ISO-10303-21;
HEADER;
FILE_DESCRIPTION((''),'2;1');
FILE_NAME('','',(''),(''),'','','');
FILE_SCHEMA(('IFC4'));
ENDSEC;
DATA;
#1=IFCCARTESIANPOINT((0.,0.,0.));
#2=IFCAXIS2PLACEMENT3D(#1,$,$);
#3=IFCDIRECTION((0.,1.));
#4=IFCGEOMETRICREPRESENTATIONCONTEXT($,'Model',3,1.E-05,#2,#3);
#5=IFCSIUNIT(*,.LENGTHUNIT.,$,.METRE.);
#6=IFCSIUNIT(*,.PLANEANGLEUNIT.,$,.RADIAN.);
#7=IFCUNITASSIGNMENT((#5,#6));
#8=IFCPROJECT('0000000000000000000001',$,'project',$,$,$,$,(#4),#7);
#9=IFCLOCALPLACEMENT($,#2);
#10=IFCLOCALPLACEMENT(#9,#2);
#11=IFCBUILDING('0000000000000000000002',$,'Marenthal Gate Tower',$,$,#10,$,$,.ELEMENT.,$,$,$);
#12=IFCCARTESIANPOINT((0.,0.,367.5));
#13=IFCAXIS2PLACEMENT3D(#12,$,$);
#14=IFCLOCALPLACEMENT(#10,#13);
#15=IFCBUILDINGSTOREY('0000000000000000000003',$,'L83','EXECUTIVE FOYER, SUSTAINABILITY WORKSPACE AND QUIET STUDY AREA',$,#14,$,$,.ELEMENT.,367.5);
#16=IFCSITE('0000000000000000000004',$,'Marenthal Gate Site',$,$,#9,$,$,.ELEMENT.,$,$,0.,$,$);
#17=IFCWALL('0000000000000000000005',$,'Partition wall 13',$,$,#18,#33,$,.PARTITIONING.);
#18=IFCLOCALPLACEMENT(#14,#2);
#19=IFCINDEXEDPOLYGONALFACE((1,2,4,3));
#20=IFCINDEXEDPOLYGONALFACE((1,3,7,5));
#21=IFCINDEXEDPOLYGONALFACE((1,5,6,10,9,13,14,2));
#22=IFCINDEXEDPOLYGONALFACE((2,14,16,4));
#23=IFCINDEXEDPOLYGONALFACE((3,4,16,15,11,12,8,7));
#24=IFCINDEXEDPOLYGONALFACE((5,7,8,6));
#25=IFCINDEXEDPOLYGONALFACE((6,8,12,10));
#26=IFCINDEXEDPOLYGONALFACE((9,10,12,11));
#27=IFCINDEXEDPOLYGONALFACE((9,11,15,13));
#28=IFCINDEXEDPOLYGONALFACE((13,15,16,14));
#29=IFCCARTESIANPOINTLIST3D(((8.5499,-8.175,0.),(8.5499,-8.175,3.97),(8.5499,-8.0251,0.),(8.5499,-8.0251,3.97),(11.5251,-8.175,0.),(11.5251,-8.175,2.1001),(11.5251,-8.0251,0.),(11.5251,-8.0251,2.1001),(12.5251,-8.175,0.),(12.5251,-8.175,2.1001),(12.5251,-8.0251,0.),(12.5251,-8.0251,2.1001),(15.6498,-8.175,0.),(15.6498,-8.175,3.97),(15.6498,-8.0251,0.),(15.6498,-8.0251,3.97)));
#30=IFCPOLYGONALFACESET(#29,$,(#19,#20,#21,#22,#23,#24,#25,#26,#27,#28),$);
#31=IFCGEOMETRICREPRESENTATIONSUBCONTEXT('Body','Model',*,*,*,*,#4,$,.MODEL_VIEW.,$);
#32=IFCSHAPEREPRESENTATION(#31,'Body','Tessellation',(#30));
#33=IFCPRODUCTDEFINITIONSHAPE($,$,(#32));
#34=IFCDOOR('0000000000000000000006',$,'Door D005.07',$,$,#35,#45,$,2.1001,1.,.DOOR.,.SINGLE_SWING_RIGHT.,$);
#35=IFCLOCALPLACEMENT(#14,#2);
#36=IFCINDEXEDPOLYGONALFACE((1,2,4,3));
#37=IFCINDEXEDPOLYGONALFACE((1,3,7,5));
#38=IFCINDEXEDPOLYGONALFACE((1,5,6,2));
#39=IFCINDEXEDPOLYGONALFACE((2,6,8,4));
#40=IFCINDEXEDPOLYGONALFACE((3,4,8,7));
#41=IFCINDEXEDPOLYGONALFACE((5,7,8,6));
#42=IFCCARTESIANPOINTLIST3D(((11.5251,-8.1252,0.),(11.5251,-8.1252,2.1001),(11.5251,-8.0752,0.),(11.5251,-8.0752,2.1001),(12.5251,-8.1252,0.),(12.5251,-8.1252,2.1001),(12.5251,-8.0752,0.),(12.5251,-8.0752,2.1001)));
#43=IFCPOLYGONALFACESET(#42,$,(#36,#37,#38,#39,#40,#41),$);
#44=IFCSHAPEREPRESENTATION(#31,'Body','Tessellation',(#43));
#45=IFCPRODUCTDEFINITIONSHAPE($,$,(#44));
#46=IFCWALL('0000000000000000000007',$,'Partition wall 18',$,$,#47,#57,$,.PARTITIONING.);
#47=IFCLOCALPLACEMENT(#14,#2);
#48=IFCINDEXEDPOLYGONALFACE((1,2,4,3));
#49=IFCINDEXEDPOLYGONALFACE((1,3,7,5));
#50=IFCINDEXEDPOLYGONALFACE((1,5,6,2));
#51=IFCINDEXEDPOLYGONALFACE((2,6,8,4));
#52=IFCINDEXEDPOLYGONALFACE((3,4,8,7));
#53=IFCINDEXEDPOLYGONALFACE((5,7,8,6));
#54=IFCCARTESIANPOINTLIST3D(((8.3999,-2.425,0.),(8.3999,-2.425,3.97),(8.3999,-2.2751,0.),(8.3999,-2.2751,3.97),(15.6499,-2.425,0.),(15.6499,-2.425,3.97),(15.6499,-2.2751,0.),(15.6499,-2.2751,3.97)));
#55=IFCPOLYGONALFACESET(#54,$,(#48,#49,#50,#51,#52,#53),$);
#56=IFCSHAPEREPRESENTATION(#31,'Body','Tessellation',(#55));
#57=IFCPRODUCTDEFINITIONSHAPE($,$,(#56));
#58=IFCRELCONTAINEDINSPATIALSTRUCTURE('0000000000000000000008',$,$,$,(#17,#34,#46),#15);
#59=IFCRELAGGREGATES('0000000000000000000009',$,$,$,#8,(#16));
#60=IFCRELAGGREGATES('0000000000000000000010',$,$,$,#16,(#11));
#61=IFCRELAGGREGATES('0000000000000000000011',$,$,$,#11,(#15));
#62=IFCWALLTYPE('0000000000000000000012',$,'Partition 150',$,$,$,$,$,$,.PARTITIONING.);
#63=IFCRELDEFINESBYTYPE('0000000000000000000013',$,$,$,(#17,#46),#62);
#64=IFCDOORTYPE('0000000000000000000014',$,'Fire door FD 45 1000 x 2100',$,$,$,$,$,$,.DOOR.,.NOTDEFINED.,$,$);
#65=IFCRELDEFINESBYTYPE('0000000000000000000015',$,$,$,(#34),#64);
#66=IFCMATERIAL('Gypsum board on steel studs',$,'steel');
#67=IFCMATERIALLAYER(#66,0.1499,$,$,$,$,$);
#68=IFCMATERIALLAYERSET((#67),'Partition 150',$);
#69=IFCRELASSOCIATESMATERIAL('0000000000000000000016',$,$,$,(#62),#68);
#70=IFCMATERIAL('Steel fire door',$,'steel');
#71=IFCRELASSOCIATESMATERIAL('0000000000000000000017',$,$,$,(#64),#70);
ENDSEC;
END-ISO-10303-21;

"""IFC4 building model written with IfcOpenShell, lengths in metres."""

from ifc_helpers import new_model, si_unit, direction, frame, frame_2d, origin, place, context, subcontext, project, spatial, rectangle, extrude, material, layer, layer_set, type_object, element, fill, save


model = new_model("IFC4")

# Units and contexts
model_context = context("Model", 3, precision=1e-05, world=origin(), true_north=direction((0.0, 1.0)))
body_context = subcontext(model_context, "Body", "Model", "MODEL_VIEW")
ifc_project = project(units=[si_unit("LENGTHUNIT", "METRE"), si_unit("PLANEANGLEUNIT", "RADIAN")], contexts=[model_context])

# Site, building, storey
site_placement = place(None, origin())
site = spatial("IfcSite", under=ifc_project, at=site_placement, Name="Marenthal Gate Site", CompositionType="ELEMENT", RefElevation=0.0)
building_placement = place(site_placement, origin())
building = spatial("IfcBuilding", under=site, at=building_placement, Name="Marenthal Gate Tower", CompositionType="ELEMENT")
storey_placement = place(building_placement, frame((0.0, 0.0, 367.5)))
storey = spatial("IfcBuildingStorey", under=building, at=storey_placement, Name="L83", Description="EXECUTIVE FOYER, SUSTAINABILITY WORKSPACE AND QUIET STUDY AREA", CompositionType="ELEMENT", Elevation=367.5)

# Wall, opening, door
ifc_material_1 = material(Name="Gypsum board on steel studs", Category="steel")
ifc_layer_1 = layer(ifc_material_1, 0.1499)
ifc_layer_set_1 = layer_set([ifc_layer_1], Name="Partition 150")
wall_type_1 = type_object("IfcWallType", Name="Partition 150", PredefinedType="PARTITIONING", material=ifc_layer_set_1)
wall_1_placement = place(storey_placement, frame((8.55, -8.1001, 0.0), z_axis=(0.0, 0.0, 1.0), x_axis=(1.0, 0.0, 0.0)))
wall_1 = element("IfcWall", 1, at=wall_1_placement, inside=storey, type_object=wall_type_1, Name="Partition wall 13", PredefinedType="PARTITIONING", context=body_context, shape_type="SweptSolid", body=[
    extrude(rectangle(XDim=7.0999, YDim=0.1499, at=frame_2d((3.5498, 0.0))), origin(), (0.0, 0.0, 1.0), 3.97),
])
opening_placement = place(wall_1_placement, frame((2.9751, 0.0, 0.0)))
opening = element("IfcOpeningElement", 2, at=opening_placement, cuts=wall_1, PredefinedType="OPENING", context=body_context, shape_type="SweptSolid", body=[
    extrude(rectangle(XDim=1.0, YDim=2.1001, at=frame_2d((0.5, 1.05))), frame((0.0, 0.085, 0.0), z_axis=(0.0, -1.0, 0.0), x_axis=(1.0, 0.0, 0.0)), (0.0, 0.0, 1.0), 0.1699),
])
ifc_material_2 = material(Name="Steel fire door", Category="steel")
door_type = type_object("IfcDoorType", Name="Fire door FD 45 1000 x 2100", OperationType="NOTDEFINED", PredefinedType="DOOR", material=ifc_material_2)
door_placement = place(opening_placement, origin())
door = element("IfcDoor", 3, at=door_placement, inside=storey, type_object=door_type, Name="Door D005.07", OperationType="SINGLE_SWING_RIGHT", OverallHeight=2.1001, OverallWidth=1.0, PredefinedType="DOOR", context=body_context, shape_type="SweptSolid", body=[
    extrude(rectangle(XDim=1.0, YDim=2.1001, at=frame_2d((0.5, 1.05))), frame((0.0, 0.0249, 0.0), z_axis=(0.0, -1.0, 0.0), x_axis=(1.0, 0.0, 0.0)), (0.0, 0.0, 1.0), 0.05),
])
fill(opening, door)

# Wall
wall_2_placement = place(storey_placement, frame((8.3999, -2.3501, 0.0), z_axis=(0.0, 0.0, 1.0), x_axis=(1.0, 0.0, 0.0)))
element("IfcWall", 4, at=wall_2_placement, inside=storey, type_object=wall_type_1, Name="Partition wall 18", PredefinedType="PARTITIONING", context=body_context, shape_type="SweptSolid", body=[
    extrude(rectangle(XDim=7.25, YDim=0.1499, at=frame_2d((3.625, 0.0))), origin(), (0.0, 0.0, 1.0), 3.97),
])

save(model, "model.ifc")
